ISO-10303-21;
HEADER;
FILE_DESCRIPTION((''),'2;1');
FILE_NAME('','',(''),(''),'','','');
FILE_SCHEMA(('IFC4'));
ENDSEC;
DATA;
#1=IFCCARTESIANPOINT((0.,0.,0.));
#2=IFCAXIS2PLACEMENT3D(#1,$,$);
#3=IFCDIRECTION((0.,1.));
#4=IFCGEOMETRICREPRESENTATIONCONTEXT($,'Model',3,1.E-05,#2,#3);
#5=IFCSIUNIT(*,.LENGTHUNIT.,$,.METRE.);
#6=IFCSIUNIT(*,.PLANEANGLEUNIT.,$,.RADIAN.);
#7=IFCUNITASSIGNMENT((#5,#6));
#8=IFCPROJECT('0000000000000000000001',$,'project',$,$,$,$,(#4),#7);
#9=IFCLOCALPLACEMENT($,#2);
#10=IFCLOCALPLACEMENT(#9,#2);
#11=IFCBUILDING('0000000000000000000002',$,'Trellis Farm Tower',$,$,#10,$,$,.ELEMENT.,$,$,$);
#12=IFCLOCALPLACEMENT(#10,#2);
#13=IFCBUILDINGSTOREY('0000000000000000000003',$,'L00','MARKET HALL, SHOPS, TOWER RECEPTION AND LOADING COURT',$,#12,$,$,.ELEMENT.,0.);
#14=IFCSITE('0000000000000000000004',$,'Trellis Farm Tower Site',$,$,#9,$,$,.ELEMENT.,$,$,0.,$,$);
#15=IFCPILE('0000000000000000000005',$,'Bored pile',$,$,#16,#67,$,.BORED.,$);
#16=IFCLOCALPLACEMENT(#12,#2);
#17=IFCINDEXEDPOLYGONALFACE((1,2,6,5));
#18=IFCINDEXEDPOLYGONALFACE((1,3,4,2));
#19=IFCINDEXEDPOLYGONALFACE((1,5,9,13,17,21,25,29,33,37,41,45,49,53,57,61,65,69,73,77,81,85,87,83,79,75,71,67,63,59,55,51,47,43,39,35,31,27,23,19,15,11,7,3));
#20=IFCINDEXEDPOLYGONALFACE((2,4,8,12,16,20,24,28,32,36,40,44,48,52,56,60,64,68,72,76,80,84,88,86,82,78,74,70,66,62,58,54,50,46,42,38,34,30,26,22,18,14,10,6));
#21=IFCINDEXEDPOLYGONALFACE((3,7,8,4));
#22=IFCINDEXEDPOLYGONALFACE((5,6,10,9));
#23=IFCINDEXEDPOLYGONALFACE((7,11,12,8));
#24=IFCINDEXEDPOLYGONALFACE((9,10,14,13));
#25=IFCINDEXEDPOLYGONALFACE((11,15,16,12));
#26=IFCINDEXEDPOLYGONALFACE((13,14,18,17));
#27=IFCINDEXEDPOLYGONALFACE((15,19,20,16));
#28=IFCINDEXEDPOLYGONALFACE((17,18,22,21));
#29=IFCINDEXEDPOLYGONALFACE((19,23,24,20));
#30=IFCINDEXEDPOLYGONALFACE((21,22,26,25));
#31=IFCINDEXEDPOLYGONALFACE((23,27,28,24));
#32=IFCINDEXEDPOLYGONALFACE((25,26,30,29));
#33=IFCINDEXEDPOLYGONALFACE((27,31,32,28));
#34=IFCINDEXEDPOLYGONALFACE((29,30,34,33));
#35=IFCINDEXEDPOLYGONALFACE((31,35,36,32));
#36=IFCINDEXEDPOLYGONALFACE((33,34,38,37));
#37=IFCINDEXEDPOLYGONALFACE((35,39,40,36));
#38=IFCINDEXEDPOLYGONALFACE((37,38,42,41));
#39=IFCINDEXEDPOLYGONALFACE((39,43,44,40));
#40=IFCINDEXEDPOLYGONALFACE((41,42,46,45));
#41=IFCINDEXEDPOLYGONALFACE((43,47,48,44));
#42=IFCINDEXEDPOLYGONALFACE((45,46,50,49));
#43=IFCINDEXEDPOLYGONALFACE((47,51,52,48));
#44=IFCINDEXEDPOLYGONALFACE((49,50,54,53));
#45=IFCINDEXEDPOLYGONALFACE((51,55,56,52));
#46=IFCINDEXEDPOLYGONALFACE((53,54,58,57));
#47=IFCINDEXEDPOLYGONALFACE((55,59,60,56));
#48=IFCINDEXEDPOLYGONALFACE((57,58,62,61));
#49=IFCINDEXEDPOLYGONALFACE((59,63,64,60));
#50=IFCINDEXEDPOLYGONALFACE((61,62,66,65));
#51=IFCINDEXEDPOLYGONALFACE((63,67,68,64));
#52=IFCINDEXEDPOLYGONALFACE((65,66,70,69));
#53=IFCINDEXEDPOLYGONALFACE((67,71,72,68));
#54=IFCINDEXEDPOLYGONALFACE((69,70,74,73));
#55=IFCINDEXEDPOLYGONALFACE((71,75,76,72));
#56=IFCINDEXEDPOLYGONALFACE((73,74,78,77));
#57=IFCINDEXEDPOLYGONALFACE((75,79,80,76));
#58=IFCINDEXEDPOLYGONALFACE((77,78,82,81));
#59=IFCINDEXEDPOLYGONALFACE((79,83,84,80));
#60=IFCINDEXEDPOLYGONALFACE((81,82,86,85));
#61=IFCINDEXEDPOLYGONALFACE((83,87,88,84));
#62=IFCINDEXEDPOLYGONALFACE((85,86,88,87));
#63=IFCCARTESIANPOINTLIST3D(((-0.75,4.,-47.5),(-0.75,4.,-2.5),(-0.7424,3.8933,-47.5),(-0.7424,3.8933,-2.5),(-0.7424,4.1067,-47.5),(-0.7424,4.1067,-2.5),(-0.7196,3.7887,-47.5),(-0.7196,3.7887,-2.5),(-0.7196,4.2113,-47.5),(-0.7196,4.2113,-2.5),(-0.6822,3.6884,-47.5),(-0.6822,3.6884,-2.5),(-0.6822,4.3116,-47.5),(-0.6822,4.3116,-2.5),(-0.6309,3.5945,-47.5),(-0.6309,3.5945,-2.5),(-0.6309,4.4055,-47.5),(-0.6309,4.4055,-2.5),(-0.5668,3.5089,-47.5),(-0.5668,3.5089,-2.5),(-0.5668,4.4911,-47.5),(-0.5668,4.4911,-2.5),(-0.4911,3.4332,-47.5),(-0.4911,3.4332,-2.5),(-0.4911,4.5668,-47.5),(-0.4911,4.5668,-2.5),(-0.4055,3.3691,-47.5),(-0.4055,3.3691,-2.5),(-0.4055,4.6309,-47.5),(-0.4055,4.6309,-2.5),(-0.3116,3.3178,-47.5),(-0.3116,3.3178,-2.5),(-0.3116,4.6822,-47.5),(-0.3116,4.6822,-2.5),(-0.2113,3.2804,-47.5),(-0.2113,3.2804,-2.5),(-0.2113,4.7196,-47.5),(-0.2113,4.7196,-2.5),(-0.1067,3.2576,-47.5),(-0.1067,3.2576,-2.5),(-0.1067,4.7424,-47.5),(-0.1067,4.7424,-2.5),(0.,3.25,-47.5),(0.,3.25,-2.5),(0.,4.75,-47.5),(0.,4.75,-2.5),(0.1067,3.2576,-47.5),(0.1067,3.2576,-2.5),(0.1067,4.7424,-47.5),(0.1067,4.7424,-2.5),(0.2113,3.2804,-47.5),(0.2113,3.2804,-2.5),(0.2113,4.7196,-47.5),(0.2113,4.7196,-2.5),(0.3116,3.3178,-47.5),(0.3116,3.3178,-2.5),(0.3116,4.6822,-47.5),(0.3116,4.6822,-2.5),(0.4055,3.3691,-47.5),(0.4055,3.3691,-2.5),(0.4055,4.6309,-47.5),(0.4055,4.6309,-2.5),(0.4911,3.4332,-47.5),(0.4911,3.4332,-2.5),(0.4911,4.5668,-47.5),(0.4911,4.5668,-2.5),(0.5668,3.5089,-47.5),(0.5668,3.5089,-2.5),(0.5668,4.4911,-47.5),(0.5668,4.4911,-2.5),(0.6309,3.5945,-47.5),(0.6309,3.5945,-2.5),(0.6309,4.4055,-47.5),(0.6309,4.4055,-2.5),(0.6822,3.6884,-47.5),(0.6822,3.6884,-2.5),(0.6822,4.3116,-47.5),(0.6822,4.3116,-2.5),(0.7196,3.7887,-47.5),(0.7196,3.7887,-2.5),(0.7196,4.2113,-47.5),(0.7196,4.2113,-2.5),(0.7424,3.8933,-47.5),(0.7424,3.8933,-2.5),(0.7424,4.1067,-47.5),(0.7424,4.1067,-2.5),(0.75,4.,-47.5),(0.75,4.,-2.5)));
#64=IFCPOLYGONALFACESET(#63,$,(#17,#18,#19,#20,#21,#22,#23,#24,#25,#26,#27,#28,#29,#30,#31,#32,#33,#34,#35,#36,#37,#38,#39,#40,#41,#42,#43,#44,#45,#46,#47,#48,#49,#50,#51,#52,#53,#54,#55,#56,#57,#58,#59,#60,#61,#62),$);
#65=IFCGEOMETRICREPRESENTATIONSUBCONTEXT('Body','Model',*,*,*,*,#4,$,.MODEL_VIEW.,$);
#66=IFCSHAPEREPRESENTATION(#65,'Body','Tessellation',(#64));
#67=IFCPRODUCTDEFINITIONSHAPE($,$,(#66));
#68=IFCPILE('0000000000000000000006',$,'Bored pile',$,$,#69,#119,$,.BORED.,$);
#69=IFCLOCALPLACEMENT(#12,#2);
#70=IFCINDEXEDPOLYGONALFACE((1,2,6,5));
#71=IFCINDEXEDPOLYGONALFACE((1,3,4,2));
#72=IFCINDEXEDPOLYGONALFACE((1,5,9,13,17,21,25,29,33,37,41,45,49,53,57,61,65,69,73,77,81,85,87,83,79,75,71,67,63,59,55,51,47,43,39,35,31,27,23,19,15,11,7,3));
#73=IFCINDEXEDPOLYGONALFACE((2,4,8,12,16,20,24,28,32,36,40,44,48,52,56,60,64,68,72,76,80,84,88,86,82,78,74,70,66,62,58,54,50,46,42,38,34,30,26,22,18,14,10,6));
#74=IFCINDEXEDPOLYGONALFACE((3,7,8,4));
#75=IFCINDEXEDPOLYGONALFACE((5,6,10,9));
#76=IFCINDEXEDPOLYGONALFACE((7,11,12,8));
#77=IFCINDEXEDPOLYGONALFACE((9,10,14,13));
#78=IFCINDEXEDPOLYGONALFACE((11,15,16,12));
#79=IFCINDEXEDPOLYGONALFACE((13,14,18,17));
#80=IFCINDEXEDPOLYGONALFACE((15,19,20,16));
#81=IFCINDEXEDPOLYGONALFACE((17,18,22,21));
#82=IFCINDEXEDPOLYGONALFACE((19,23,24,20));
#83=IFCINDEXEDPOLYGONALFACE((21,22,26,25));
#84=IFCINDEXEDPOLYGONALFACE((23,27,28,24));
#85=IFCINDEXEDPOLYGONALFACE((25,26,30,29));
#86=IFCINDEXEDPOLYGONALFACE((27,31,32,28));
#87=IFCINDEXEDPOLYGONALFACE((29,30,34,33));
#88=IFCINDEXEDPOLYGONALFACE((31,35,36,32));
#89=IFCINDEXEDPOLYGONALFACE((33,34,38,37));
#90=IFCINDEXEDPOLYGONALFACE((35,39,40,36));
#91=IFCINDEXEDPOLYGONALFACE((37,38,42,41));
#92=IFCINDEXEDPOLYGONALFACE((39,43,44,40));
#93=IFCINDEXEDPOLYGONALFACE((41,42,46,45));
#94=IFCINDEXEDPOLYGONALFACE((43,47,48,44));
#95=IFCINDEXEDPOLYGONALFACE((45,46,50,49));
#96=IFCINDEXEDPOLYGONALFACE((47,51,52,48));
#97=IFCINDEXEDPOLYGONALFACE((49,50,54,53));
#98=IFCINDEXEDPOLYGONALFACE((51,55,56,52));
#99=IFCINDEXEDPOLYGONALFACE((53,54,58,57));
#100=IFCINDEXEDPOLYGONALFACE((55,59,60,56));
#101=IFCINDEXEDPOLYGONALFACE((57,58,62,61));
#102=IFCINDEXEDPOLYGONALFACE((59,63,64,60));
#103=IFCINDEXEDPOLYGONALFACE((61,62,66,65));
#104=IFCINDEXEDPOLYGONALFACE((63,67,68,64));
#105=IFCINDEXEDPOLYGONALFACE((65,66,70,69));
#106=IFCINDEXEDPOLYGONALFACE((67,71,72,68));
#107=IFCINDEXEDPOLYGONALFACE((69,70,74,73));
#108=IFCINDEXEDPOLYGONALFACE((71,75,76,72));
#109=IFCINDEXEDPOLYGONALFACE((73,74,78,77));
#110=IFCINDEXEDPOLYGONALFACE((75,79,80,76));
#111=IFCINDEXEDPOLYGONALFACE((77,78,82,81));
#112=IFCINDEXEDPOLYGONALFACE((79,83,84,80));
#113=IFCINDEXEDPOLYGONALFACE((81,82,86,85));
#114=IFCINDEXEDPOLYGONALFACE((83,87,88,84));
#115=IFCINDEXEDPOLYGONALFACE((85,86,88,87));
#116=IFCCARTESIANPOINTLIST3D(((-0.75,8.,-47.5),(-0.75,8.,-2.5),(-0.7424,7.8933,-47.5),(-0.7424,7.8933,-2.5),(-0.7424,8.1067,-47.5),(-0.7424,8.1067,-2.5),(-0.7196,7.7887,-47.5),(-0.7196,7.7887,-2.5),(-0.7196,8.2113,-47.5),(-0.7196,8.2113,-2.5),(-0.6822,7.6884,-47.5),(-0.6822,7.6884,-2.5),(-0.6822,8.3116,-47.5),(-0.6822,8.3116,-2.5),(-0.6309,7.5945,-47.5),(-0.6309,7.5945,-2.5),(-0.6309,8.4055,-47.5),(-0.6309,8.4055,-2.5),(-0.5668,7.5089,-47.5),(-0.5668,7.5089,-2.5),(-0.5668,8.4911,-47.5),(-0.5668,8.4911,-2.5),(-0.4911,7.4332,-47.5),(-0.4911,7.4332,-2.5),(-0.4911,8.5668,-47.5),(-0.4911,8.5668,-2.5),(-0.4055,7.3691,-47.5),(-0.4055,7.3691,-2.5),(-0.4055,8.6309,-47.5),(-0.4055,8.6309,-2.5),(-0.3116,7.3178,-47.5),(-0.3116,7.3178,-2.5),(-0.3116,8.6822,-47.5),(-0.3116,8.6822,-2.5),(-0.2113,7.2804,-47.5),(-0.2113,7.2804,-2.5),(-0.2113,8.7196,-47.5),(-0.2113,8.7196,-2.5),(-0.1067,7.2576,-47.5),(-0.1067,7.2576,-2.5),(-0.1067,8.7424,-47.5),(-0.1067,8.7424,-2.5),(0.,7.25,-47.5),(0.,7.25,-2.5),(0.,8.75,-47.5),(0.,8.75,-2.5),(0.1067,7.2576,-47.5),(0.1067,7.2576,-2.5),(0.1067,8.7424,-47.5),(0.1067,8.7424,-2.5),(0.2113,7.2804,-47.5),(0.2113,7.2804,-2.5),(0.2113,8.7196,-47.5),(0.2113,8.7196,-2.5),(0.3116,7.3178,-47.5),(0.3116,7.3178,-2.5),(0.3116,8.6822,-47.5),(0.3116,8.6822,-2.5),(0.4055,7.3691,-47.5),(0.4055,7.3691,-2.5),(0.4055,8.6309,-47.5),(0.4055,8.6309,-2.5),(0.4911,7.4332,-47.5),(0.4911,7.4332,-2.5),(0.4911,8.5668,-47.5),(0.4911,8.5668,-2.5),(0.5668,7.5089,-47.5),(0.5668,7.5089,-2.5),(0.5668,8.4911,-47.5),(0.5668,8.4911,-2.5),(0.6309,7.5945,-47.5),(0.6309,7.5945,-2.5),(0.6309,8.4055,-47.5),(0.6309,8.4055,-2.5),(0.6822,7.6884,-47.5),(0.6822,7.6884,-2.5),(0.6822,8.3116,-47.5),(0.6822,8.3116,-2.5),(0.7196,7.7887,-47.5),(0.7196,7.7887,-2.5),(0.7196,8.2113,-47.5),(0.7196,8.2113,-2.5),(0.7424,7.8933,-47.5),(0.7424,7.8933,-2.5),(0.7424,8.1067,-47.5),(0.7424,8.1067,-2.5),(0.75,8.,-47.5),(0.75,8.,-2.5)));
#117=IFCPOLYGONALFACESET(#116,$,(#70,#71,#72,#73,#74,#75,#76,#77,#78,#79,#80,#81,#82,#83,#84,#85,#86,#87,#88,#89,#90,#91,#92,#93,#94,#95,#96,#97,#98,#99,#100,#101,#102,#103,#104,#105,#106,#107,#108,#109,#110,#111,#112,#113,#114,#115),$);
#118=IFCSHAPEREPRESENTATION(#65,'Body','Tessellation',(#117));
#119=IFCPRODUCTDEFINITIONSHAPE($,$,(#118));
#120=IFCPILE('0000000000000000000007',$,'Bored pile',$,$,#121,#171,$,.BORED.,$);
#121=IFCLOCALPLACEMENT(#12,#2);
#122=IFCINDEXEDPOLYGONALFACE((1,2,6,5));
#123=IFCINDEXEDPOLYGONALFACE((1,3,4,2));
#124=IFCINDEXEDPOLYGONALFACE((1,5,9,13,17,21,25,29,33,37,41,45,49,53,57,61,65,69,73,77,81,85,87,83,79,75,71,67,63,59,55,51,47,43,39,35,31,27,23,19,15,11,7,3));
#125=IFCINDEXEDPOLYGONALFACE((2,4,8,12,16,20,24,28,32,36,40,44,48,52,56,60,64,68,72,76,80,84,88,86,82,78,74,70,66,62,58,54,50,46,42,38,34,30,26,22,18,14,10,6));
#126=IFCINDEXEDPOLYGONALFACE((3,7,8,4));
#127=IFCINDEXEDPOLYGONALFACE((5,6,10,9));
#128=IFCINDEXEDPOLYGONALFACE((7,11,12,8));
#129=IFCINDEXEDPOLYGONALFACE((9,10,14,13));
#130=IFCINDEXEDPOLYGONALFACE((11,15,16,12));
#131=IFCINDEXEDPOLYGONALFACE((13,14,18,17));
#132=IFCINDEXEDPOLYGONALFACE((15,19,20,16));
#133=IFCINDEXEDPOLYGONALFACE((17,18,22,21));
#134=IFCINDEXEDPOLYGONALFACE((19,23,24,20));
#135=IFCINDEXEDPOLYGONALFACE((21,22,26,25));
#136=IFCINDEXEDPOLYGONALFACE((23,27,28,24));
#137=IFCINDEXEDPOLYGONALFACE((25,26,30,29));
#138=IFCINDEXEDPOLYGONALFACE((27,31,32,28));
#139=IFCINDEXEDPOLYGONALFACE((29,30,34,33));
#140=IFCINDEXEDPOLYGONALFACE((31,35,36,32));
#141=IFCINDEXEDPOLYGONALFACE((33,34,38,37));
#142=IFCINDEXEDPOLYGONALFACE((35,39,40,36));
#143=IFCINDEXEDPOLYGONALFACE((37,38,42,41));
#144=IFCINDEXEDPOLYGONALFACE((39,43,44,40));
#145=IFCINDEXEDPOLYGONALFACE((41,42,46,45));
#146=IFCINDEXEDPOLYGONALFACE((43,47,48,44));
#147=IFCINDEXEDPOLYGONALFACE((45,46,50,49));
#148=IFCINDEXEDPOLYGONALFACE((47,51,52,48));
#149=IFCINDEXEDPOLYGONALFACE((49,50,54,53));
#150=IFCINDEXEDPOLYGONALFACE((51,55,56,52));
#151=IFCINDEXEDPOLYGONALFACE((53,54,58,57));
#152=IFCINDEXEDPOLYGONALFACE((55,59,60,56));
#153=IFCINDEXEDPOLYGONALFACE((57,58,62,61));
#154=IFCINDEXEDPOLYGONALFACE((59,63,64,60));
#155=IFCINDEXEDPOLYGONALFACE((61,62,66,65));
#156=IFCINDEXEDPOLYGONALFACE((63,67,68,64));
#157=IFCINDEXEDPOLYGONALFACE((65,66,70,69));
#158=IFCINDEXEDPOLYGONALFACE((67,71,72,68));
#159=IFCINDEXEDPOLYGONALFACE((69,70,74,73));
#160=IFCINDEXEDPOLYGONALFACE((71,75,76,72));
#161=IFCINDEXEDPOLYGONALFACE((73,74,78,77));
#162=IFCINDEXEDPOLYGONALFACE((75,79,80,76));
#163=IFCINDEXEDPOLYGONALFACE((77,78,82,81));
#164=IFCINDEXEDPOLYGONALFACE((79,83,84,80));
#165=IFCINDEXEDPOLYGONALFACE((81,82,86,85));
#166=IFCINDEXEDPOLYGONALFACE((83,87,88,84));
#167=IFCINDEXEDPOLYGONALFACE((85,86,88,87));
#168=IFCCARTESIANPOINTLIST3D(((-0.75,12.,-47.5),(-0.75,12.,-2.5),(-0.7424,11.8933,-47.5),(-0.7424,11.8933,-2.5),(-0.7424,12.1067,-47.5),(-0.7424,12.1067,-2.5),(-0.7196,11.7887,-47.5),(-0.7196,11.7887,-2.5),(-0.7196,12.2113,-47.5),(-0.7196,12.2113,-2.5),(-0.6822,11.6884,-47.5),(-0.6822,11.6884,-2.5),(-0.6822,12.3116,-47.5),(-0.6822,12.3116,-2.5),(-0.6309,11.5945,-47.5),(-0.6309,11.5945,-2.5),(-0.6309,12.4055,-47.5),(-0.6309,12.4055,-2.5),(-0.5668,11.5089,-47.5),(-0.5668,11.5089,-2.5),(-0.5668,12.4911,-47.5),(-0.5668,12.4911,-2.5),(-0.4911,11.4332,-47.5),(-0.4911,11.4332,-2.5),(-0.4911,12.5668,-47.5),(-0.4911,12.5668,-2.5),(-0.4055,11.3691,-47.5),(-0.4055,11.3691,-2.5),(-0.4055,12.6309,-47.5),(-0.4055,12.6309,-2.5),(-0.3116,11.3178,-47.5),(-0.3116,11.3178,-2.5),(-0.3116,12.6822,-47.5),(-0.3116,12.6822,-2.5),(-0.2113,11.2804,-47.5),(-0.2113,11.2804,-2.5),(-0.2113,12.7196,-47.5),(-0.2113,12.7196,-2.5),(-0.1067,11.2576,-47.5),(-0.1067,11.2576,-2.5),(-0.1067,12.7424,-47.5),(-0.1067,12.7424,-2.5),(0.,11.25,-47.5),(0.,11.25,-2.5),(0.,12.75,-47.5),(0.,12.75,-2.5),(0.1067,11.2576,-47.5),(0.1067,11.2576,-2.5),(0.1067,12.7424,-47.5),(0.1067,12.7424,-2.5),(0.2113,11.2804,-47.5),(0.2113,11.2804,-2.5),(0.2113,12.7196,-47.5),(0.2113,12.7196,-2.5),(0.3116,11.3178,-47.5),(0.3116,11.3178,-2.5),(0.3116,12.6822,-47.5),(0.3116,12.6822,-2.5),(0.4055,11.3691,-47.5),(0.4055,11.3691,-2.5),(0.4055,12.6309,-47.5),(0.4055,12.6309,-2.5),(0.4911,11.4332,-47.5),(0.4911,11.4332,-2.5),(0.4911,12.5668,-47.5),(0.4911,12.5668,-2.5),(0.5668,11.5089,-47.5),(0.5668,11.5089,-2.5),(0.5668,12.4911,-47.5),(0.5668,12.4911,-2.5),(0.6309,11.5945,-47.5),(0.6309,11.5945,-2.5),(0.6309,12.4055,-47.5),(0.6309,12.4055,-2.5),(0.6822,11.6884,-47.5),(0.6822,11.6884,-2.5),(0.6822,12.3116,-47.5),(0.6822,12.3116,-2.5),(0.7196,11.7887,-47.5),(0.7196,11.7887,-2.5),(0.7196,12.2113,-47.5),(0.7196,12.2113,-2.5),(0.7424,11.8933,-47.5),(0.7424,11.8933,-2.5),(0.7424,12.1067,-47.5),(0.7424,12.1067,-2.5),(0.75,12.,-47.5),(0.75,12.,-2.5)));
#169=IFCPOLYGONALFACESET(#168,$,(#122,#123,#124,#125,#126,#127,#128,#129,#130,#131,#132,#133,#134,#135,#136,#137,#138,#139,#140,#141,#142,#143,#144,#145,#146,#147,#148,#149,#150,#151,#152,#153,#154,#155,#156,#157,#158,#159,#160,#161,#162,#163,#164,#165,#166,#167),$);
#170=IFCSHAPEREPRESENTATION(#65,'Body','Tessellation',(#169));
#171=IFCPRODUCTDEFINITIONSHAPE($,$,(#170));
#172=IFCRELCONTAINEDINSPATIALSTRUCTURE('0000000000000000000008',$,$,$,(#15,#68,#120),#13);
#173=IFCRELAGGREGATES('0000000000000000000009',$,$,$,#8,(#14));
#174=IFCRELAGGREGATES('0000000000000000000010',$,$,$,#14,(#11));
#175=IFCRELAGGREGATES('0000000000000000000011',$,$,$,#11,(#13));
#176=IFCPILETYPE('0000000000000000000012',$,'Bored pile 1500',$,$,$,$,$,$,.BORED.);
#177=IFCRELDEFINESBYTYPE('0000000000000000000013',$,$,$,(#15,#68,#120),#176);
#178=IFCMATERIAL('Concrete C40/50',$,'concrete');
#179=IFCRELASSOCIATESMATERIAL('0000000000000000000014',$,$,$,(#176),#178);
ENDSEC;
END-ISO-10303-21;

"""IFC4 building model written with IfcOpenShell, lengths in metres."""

from ifc_helpers import new_model, si_unit, direction, frame, origin, origin_2d, place, context, subcontext, project, spatial, circle, extrude, source, transform, mapped, material, material_profile, profile_set, type_object, element, save


model = new_model("IFC4")

# Units and contexts
model_context = context("Model", 3, precision=1e-05, world=origin(), true_north=direction((0.0, 1.0)))
body_context = subcontext(model_context, "Body", "Model", "MODEL_VIEW")
ifc_project = project(units=[si_unit("LENGTHUNIT", "METRE"), si_unit("PLANEANGLEUNIT", "RADIAN")], contexts=[model_context])

# Site, building, storey
site_placement = place(None, origin())
site = spatial("IfcSite", under=ifc_project, at=site_placement, Name="Trellis Farm Tower Site", CompositionType="ELEMENT", RefElevation=0.0)
building_placement = place(site_placement, origin())
building = spatial("IfcBuilding", under=site, at=building_placement, Name="Trellis Farm Tower", CompositionType="ELEMENT")
storey_placement = place(building_placement, origin())
storey = spatial("IfcBuildingStorey", under=building, at=storey_placement, Name="L00", Description="MARKET HALL, SHOPS, TOWER RECEPTION AND LOADING COURT", CompositionType="ELEMENT", Elevation=0.0)

# Piles
ifc_material_1 = material(Name="Concrete C40/50", Category="concrete")
ifc_material_profile = material_profile(ifc_material_1, circle(Radius=0.75, at=origin_2d()), Name="Bored pile 1500")
ifc_profile_set = profile_set([ifc_material_profile], Name="Concrete C40/50")
pile_type = type_object("IfcPileType", Name="Bored pile 1500", PredefinedType="BORED", material=ifc_profile_set)
shared_shape_1 = source(origin(), body_context, "Body", "SweptSolid", [
    extrude(circle(Radius=0.75, at=origin_2d()), origin(), (0.0, 0.0, 1.0), 45.0),
])
for number, where, z_axis, x_axis, name in (
    (1, (0.0, 4.0, -2.5), (0.0, 0.0, -1.0), (1.0, 0.0, 0.0), "Bored pile"),
    (2, (0.0, 8.0, -2.5), (0.0, 0.0, -1.0), (1.0, 0.0, 0.0), "Bored pile"),
    (3, (0.0, 12.0, -2.5), (0.0, 0.0, -1.0), (1.0, 0.0, 0.0), "Bored pile"),
):
    element("IfcPile", number, at=place(storey_placement, frame(where, z_axis=z_axis, x_axis=x_axis)), inside=storey, type_object=pile_type, Name=name, PredefinedType="BORED", context=body_context, shape_type="MappedRepresentation", body=[
        mapped(shared_shape_1, transform((0.0, 0.0, 0.0))),
    ])

save(model, "model.ifc")
